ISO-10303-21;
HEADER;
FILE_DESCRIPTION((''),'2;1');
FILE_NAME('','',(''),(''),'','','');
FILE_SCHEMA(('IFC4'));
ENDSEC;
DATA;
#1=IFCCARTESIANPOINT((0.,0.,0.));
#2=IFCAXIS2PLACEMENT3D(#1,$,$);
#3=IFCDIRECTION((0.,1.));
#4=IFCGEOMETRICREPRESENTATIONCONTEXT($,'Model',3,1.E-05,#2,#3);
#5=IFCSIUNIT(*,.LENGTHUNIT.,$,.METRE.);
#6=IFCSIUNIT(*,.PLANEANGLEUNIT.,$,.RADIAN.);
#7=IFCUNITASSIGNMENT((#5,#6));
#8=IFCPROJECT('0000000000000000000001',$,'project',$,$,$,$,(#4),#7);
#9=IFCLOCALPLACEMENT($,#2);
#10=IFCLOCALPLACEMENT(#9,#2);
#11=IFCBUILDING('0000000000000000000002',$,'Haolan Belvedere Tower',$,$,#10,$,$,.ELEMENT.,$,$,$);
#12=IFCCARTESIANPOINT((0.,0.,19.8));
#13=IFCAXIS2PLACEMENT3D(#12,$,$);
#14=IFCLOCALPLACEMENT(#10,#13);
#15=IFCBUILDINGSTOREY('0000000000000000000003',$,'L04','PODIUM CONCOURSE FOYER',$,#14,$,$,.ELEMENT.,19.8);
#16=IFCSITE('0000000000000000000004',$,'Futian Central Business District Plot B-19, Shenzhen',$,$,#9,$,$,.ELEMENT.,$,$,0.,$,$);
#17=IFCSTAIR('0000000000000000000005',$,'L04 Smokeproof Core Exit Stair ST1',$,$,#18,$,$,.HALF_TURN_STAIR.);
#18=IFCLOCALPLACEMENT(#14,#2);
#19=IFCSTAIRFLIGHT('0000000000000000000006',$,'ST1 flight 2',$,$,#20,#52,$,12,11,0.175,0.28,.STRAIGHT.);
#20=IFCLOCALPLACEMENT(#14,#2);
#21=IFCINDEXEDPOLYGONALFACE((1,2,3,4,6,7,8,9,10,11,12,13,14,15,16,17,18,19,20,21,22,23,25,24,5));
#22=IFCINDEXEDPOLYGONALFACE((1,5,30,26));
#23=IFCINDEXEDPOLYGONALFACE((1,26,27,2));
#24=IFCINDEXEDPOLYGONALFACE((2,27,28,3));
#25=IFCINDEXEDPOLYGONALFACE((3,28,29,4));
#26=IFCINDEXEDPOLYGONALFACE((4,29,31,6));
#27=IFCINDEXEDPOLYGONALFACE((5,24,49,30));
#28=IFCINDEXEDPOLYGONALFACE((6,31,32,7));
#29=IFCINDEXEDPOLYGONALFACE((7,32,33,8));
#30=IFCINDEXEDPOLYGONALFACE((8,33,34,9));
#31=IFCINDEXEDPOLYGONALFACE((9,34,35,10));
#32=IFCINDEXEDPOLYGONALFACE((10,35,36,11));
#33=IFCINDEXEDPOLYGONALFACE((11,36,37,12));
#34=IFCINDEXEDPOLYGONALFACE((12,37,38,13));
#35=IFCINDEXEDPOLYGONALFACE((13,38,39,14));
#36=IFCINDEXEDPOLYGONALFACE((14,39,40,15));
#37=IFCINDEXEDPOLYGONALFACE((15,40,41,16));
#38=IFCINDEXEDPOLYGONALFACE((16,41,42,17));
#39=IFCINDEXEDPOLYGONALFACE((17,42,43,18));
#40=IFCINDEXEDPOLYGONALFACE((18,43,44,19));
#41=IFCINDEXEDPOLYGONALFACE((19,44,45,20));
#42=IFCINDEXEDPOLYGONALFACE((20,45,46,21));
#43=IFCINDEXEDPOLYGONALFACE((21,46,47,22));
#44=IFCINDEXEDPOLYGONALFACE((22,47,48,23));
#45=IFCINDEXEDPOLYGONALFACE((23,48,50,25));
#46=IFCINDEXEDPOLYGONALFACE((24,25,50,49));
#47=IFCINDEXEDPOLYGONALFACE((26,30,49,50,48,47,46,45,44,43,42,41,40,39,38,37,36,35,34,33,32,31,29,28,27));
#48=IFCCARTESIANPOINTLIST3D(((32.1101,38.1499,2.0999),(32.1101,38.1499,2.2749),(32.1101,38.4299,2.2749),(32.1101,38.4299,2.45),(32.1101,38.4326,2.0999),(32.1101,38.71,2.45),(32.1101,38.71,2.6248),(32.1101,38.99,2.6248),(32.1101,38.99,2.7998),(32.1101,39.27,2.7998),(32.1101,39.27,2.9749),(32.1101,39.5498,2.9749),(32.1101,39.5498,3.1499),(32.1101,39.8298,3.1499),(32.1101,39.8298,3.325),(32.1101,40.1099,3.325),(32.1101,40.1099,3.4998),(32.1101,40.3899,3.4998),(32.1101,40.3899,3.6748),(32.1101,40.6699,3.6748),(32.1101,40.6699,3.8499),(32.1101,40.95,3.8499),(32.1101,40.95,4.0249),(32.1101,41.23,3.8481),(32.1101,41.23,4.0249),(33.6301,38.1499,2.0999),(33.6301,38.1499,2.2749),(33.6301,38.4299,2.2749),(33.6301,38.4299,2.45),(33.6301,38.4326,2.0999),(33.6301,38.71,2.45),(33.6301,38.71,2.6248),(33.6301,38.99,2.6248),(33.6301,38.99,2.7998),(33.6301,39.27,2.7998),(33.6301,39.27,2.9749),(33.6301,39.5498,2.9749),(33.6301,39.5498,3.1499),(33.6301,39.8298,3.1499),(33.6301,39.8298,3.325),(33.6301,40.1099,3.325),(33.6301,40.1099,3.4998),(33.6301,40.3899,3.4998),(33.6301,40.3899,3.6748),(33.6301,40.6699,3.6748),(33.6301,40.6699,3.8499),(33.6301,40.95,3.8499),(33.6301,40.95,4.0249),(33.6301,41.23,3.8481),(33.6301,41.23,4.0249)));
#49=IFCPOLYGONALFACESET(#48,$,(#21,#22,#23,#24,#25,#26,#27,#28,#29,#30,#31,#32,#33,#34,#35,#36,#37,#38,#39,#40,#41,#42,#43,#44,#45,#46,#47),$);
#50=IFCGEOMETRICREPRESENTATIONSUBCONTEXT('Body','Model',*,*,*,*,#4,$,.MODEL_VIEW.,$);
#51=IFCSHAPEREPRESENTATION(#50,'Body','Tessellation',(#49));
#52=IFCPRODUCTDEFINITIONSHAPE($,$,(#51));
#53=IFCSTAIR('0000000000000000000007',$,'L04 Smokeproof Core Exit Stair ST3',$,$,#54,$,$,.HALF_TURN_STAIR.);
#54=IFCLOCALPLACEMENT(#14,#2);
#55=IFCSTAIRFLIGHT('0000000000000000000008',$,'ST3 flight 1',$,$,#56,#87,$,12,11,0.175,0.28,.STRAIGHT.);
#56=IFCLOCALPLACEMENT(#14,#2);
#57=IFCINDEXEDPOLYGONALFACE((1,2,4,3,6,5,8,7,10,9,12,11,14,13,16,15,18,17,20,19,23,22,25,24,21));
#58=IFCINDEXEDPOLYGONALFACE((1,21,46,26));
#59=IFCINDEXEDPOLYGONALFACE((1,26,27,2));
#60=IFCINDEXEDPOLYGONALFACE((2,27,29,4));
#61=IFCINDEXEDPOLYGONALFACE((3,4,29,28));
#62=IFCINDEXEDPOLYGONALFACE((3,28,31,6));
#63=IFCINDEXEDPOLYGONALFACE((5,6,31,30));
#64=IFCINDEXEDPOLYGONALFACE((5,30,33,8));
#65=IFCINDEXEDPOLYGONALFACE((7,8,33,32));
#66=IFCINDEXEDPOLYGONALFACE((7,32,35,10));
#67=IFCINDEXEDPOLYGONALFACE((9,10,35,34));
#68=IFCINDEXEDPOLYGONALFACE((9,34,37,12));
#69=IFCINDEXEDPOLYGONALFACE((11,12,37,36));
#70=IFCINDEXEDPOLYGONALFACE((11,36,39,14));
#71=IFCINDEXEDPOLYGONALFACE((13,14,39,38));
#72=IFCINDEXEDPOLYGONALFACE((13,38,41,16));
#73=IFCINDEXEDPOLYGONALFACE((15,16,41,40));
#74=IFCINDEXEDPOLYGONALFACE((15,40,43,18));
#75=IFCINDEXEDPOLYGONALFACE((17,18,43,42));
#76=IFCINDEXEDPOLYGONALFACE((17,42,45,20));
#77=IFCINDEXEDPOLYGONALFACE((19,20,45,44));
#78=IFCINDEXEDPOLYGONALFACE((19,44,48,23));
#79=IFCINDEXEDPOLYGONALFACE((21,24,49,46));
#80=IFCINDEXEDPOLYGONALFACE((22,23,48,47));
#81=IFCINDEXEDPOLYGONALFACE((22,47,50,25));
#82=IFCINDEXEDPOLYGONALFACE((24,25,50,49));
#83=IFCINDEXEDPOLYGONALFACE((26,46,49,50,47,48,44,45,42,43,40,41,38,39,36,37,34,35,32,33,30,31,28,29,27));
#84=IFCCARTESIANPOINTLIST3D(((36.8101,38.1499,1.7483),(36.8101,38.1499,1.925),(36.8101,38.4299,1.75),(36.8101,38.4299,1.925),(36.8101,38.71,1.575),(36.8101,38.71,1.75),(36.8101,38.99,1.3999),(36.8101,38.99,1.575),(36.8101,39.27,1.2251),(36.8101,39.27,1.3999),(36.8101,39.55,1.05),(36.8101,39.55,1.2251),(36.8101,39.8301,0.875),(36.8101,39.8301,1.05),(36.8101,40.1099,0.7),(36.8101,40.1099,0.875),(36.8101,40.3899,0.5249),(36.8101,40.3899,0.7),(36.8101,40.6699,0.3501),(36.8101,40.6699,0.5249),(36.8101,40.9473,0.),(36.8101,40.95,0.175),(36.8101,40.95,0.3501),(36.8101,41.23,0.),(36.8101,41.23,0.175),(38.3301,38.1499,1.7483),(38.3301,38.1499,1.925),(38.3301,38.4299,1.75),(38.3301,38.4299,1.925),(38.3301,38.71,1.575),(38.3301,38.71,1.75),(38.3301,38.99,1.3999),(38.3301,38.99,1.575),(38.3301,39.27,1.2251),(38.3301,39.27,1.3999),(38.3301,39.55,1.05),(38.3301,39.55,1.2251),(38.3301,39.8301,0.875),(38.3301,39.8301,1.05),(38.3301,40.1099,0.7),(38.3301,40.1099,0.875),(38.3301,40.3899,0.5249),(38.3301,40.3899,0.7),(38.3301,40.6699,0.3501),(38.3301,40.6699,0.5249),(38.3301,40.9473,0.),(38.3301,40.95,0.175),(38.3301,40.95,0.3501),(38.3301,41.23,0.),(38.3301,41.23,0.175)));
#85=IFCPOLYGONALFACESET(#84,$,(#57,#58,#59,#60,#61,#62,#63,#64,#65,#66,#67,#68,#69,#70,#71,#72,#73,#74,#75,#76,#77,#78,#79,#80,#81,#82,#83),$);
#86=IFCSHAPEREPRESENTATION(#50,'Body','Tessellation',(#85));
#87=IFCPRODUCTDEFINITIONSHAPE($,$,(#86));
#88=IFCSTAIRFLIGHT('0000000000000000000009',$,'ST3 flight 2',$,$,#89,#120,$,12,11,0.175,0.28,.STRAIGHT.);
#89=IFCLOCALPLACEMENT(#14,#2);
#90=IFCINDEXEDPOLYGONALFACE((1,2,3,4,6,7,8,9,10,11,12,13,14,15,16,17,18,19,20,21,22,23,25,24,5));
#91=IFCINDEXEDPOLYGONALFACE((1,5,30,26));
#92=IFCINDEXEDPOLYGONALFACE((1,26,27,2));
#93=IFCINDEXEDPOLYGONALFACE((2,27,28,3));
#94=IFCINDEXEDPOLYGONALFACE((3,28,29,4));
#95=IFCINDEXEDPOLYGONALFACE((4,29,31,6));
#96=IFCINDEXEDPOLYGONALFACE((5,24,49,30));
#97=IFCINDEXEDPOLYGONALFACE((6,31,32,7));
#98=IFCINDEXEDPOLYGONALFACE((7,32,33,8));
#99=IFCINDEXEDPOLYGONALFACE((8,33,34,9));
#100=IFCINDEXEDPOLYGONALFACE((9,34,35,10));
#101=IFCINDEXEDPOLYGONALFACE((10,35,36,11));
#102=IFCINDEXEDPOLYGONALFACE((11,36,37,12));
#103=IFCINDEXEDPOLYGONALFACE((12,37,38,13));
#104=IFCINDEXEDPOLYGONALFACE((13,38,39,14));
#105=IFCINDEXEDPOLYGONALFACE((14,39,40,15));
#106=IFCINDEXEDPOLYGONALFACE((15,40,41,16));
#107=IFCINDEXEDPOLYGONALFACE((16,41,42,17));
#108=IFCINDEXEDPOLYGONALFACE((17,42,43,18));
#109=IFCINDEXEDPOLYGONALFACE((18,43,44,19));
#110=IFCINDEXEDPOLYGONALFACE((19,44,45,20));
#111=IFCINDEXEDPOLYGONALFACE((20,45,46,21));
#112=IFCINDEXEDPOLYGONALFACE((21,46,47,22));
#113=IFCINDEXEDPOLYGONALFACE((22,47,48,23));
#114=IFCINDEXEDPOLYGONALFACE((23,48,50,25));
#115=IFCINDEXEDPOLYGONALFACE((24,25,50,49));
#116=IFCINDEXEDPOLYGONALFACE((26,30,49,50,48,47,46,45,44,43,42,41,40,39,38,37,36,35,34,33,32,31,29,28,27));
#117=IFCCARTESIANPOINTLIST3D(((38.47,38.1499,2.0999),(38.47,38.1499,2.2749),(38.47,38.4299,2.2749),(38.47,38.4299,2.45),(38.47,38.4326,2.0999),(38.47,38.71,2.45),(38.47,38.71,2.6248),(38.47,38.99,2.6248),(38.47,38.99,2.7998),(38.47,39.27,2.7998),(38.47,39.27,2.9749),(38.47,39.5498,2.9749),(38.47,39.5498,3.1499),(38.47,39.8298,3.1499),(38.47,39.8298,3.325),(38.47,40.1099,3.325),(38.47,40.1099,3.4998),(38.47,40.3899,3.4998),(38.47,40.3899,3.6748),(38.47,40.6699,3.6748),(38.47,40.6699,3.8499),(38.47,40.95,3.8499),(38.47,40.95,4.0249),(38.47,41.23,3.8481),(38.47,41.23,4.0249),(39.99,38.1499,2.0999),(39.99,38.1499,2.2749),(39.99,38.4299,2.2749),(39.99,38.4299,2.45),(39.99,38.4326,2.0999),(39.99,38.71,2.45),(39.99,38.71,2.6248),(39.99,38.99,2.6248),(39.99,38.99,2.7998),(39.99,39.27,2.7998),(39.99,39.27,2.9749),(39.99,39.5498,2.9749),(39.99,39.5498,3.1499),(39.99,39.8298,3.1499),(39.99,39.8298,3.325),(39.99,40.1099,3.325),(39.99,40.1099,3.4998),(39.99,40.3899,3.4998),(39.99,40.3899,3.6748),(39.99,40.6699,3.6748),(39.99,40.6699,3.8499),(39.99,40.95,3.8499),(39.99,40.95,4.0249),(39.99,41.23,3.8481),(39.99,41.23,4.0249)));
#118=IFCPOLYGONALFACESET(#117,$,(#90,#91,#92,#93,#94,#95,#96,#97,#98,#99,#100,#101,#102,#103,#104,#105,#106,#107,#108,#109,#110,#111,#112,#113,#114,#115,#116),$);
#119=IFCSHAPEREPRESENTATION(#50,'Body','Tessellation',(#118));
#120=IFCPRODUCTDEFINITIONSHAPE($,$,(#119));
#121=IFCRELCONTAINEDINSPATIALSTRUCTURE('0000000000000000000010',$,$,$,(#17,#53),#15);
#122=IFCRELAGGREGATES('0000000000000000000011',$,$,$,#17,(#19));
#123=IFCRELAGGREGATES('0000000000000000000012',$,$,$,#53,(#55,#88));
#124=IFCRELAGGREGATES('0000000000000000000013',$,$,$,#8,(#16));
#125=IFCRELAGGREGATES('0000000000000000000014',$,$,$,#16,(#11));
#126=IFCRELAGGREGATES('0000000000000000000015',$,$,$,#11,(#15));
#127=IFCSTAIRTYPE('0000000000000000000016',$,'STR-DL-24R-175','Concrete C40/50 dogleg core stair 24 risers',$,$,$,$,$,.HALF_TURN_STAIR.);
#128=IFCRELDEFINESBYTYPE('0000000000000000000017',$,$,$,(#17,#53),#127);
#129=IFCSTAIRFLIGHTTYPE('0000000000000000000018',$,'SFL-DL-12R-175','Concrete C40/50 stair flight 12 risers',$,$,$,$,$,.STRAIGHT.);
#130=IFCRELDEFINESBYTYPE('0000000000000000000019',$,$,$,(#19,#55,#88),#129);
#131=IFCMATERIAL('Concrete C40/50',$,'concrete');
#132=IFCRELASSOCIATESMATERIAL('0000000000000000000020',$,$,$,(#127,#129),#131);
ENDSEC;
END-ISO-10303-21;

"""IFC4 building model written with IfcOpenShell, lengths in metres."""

from ifc_helpers import new_model, si_unit, direction, frame, origin, place, context, subcontext, project, spatial, polyline, outline, extrude, material, type_object, element, aggregate, save


model = new_model("IFC4")

# Units and contexts
model_context = context("Model", 3, precision=1e-05, world=origin(), true_north=direction((0.0, 1.0)))
body_context = subcontext(model_context, "Body", "Model", "MODEL_VIEW")
ifc_project = project(units=[si_unit("LENGTHUNIT", "METRE"), si_unit("PLANEANGLEUNIT", "RADIAN")], contexts=[model_context])

# Site, building, storey
site_placement = place(None, origin())
site = spatial("IfcSite", under=ifc_project, at=site_placement, Name="Futian Central Business District Plot B-19, Shenzhen", CompositionType="ELEMENT", RefElevation=0.0)
building_placement = place(site_placement, origin())
building = spatial("IfcBuilding", under=site, at=building_placement, Name="Haolan Belvedere Tower", CompositionType="ELEMENT")
storey_placement = place(building_placement, frame((0.0, 0.0, 19.8)))
storey = spatial("IfcBuildingStorey", under=building, at=storey_placement, Name="L04", Description="PODIUM CONCOURSE FOYER", CompositionType="ELEMENT", Elevation=19.8)

# Stair, stair flight
ifc_material_1 = material(Name="Concrete C40/50", Category="concrete")
stair_type = type_object("IfcStairType", Name="STR-DL-24R-175", Description="Concrete C40/50 dogleg core stair 24 risers", PredefinedType="HALF_TURN_STAIR", material=ifc_material_1)
stair_1_placement = place(storey_placement, origin())
stair_1 = element("IfcStair", 1, at=stair_1_placement, inside=storey, type_object=stair_type, Name="L04 Smokeproof Core Exit Stair ST1", PredefinedType="HALF_TURN_STAIR")
stair_flight_type = type_object("IfcStairFlightType", Name="SFL-DL-12R-175", Description="Concrete C40/50 stair flight 12 risers", PredefinedType="STRAIGHT", material=ifc_material_1)
stair_flight_1_placement = place(storey_placement, frame((32.8701, 38.1499, 2.0999), z_axis=(0.0, 0.0, 1.0), x_axis=(0.0, 1.0, 0.0)))
stair_flight_1 = element("IfcStairFlight", 2, at=stair_flight_1_placement, type_object=stair_flight_type, Name="ST1 flight 2", NumberOfRisers=12, NumberOfTreads=11, PredefinedType="STRAIGHT", RiserHeight=0.175, TreadLength=0.28, context=body_context, shape_type="SweptSolid", body=[
    extrude(outline(polyline([(0.0, 0.0), (0.0, 0.175), (0.28, 0.175), (0.28, 0.3501), (0.5601, 0.3501), (0.5601, 0.5249), (0.8401, 0.5249), (0.8401, 0.7), (1.1201, 0.7), (1.1201, 0.875), (1.3999, 0.875), (1.3999, 1.05), (1.6799, 1.05), (1.6799, 1.2251), (1.96, 1.2251), (1.96, 1.3999), (2.24, 1.3999), (2.24, 1.575), (2.52, 1.575), (2.52, 1.75), (2.8, 1.75), (2.8, 1.925), (3.0801, 1.925), (3.0801, 2.1001), (3.0801, 1.7483), (0.2827, 0.0), (0.0, 0.0)])), frame((0.0, 0.76, 0.0), z_axis=(0.0, -1.0, 0.0), x_axis=(1.0, 0.0, 0.0)), (0.0, 0.0, 1.0), 1.52),
])
aggregate(stair_1, [stair_flight_1])

# Stair, stair flights
stair_2_placement = place(storey_placement, origin())
stair_2 = element("IfcStair", 3, at=stair_2_placement, inside=storey, type_object=stair_type, Name="L04 Smokeproof Core Exit Stair ST3", PredefinedType="HALF_TURN_STAIR")
stair_flight_2_placement = place(storey_placement, frame((37.5701, 41.23, 0.0), z_axis=(0.0, 0.0, 1.0), x_axis=(0.0, -1.0, 0.0)))
stair_flight_2 = element("IfcStairFlight", 4, at=stair_flight_2_placement, type_object=stair_flight_type, Name="ST3 flight 1", NumberOfRisers=12, NumberOfTreads=11, PredefinedType="STRAIGHT", RiserHeight=0.175, TreadLength=0.28, context=body_context, shape_type="SweptSolid", body=[
    extrude(outline(polyline([(0.0, 0.0), (0.0, 0.175), (0.28, 0.175), (0.28, 0.3501), (0.5601, 0.3501), (0.5601, 0.5249), (0.8401, 0.5249), (0.8401, 0.7), (1.1201, 0.7), (1.1201, 0.875), (1.3999, 0.875), (1.3999, 1.05), (1.6799, 1.05), (1.6799, 1.2251), (1.96, 1.2251), (1.96, 1.3999), (2.24, 1.3999), (2.24, 1.575), (2.52, 1.575), (2.52, 1.75), (2.8, 1.75), (2.8, 1.925), (3.0801, 1.925), (3.0801, 2.1001), (3.0801, 1.7483), (0.2827, 0.0), (0.0, 0.0)])), frame((0.0, 0.76, 0.0), z_axis=(0.0, -1.0, 0.0), x_axis=(1.0, 0.0, 0.0)), (0.0, 0.0, 1.0), 1.52),
])
stair_flight_3_placement = place(storey_placement, frame((39.23, 38.1499, 2.0999), z_axis=(0.0, 0.0, 1.0), x_axis=(0.0, 1.0, 0.0)))
stair_flight_3 = element("IfcStairFlight", 5, at=stair_flight_3_placement, type_object=stair_flight_type, Name="ST3 flight 2", NumberOfRisers=12, NumberOfTreads=11, PredefinedType="STRAIGHT", RiserHeight=0.175, TreadLength=0.28, context=body_context, shape_type="SweptSolid", body=[
    extrude(outline(polyline([(0.0, 0.0), (0.0, 0.175), (0.28, 0.175), (0.28, 0.3501), (0.5601, 0.3501), (0.5601, 0.5249), (0.8401, 0.5249), (0.8401, 0.7), (1.1201, 0.7), (1.1201, 0.875), (1.3999, 0.875), (1.3999, 1.05), (1.6799, 1.05), (1.6799, 1.2251), (1.96, 1.2251), (1.96, 1.3999), (2.24, 1.3999), (2.24, 1.575), (2.52, 1.575), (2.52, 1.75), (2.8, 1.75), (2.8, 1.925), (3.0801, 1.925), (3.0801, 2.1001), (3.0801, 1.7483), (0.2827, 0.0), (0.0, 0.0)])), frame((0.0, 0.76, 0.0), z_axis=(0.0, -1.0, 0.0), x_axis=(1.0, 0.0, 0.0)), (0.0, 0.0, 1.0), 1.52),
])
aggregate(stair_2, [stair_flight_2, stair_flight_3])

save(model, "model.ifc")
